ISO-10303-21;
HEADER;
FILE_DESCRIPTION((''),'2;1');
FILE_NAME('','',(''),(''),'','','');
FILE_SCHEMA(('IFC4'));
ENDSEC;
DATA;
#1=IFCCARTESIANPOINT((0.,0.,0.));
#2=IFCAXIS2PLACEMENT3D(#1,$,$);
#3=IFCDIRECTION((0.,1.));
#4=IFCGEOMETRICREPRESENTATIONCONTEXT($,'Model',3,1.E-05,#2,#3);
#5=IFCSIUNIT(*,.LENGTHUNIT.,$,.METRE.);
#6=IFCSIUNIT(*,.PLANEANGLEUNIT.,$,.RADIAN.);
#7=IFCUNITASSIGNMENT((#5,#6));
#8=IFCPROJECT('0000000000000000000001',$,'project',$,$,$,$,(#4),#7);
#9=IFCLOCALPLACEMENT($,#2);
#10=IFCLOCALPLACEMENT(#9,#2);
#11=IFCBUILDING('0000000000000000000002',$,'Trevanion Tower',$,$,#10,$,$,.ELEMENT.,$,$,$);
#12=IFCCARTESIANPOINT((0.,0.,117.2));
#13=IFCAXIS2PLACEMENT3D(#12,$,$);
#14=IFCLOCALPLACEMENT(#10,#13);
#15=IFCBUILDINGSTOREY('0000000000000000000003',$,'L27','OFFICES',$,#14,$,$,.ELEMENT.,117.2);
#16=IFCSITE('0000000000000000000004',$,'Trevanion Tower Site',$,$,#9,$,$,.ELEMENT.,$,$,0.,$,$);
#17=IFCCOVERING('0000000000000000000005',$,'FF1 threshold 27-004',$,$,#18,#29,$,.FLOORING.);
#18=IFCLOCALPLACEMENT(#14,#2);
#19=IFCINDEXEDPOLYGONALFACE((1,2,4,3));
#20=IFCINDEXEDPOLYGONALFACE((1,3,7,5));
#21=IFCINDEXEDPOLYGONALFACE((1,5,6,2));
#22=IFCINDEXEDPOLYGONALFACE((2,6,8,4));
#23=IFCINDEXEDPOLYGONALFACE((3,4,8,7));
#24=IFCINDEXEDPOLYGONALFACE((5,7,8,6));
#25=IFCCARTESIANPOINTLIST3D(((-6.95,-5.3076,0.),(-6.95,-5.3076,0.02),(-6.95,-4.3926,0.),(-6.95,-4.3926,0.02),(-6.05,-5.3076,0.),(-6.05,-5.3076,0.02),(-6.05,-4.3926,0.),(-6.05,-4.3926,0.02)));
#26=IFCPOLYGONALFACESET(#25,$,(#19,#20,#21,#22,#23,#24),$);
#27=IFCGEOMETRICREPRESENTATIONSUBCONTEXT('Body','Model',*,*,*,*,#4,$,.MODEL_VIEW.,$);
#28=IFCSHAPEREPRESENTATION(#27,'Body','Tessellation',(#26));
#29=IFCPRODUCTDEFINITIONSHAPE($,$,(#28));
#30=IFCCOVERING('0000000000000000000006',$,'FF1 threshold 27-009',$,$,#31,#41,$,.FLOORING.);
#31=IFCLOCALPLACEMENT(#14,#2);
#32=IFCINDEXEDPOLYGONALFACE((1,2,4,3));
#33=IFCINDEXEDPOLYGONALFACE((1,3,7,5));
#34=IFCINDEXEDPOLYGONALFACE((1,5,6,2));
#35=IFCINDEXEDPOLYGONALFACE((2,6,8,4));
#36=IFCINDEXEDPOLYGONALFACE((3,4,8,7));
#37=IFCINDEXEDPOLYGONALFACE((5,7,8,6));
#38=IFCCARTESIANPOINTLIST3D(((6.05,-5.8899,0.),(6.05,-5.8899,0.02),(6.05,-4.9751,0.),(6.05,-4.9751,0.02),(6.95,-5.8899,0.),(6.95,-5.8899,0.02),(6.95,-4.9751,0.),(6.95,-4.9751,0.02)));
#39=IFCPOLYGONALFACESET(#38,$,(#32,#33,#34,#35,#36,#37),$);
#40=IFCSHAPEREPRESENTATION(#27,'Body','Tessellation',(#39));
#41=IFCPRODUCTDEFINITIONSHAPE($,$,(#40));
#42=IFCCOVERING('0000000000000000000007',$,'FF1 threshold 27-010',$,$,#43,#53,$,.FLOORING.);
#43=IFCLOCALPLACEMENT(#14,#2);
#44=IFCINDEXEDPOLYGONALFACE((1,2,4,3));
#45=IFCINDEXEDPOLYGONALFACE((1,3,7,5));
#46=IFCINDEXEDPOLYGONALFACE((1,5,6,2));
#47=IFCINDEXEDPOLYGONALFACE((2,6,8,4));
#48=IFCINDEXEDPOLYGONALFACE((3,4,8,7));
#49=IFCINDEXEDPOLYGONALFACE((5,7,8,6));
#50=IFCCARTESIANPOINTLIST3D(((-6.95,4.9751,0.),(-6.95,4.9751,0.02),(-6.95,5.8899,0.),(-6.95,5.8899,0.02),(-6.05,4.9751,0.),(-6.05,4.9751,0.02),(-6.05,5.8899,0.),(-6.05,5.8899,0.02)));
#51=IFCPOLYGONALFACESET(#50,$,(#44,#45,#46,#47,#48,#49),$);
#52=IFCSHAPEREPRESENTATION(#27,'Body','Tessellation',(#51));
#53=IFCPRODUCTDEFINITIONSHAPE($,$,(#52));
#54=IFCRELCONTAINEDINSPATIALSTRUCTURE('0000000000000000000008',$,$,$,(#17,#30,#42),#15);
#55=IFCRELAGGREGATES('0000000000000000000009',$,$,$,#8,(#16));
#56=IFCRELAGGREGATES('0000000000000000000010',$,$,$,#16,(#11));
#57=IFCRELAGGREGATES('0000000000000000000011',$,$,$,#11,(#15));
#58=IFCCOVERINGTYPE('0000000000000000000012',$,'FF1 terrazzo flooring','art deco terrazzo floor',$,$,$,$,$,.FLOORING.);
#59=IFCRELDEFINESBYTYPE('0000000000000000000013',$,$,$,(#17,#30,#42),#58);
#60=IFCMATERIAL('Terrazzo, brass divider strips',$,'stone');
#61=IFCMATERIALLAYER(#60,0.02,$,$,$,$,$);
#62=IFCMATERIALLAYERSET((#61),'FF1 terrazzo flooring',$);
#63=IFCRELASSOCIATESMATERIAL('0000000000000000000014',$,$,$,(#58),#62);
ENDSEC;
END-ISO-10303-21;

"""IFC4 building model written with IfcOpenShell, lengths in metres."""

from ifc_helpers import new_model, si_unit, direction, frame, origin, place, context, subcontext, project, spatial, polyline, outline, extrude, material, layer, layer_set, type_object, element, save


model = new_model("IFC4")

# Units and contexts
model_context = context("Model", 3, precision=1e-05, world=origin(), true_north=direction((0.0, 1.0)))
body_context = subcontext(model_context, "Body", "Model", "MODEL_VIEW")
ifc_project = project(units=[si_unit("LENGTHUNIT", "METRE"), si_unit("PLANEANGLEUNIT", "RADIAN")], contexts=[model_context])

# Site, building, storey
site_placement = place(None, origin())
site = spatial("IfcSite", under=ifc_project, at=site_placement, Name="Trevanion Tower Site", CompositionType="ELEMENT", RefElevation=0.0)
building_placement = place(site_placement, origin())
building = spatial("IfcBuilding", under=site, at=building_placement, Name="Trevanion Tower", CompositionType="ELEMENT")
storey_placement = place(building_placement, frame((0.0, 0.0, 117.2)))
storey = spatial("IfcBuildingStorey", under=building, at=storey_placement, Name="L27", Description="OFFICES", CompositionType="ELEMENT", Elevation=117.2)

# Coverings
ifc_material_1 = material(Name="Terrazzo, brass divider strips", Category="stone")
ifc_layer_1 = layer(ifc_material_1, 0.02)
ifc_layer_set_1 = layer_set([ifc_layer_1], Name="FF1 terrazzo flooring")
covering_type = type_object("IfcCoveringType", Name="FF1 terrazzo flooring", Description="art deco terrazzo floor", PredefinedType="FLOORING", material=ifc_layer_set_1)
covering_1_placement = place(storey_placement, origin())
element("IfcCovering", 1, at=covering_1_placement, inside=storey, type_object=covering_type, Name="FF1 threshold 27-004", PredefinedType="FLOORING", context=body_context, shape_type="SweptSolid", body=[
    extrude(outline(polyline([(-6.95, -4.3926), (-6.95, -5.3076), (-6.05, -5.3076), (-6.05, -4.3926), (-6.95, -4.3926)])), origin(), (0.0, 0.0, 1.0), 0.02),
])
covering_2_placement = place(storey_placement, origin())
element("IfcCovering", 2, at=covering_2_placement, inside=storey, type_object=covering_type, Name="FF1 threshold 27-009", PredefinedType="FLOORING", context=body_context, shape_type="SweptSolid", body=[
    extrude(outline(polyline([(6.95, -5.8899), (6.95, -4.9751), (6.05, -4.9751), (6.05, -5.8899), (6.95, -5.8899)])), origin(), (0.0, 0.0, 1.0), 0.02),
])
covering_3_placement = place(storey_placement, origin())
element("IfcCovering", 3, at=covering_3_placement, inside=storey, type_object=covering_type, Name="FF1 threshold 27-010", PredefinedType="FLOORING", context=body_context, shape_type="SweptSolid", body=[
    extrude(outline(polyline([(-6.95, 5.8899), (-6.95, 4.9751), (-6.05, 4.9751), (-6.05, 5.8899), (-6.95, 5.8899)])), origin(), (0.0, 0.0, 1.0), 0.02),
])

save(model, "model.ifc")
